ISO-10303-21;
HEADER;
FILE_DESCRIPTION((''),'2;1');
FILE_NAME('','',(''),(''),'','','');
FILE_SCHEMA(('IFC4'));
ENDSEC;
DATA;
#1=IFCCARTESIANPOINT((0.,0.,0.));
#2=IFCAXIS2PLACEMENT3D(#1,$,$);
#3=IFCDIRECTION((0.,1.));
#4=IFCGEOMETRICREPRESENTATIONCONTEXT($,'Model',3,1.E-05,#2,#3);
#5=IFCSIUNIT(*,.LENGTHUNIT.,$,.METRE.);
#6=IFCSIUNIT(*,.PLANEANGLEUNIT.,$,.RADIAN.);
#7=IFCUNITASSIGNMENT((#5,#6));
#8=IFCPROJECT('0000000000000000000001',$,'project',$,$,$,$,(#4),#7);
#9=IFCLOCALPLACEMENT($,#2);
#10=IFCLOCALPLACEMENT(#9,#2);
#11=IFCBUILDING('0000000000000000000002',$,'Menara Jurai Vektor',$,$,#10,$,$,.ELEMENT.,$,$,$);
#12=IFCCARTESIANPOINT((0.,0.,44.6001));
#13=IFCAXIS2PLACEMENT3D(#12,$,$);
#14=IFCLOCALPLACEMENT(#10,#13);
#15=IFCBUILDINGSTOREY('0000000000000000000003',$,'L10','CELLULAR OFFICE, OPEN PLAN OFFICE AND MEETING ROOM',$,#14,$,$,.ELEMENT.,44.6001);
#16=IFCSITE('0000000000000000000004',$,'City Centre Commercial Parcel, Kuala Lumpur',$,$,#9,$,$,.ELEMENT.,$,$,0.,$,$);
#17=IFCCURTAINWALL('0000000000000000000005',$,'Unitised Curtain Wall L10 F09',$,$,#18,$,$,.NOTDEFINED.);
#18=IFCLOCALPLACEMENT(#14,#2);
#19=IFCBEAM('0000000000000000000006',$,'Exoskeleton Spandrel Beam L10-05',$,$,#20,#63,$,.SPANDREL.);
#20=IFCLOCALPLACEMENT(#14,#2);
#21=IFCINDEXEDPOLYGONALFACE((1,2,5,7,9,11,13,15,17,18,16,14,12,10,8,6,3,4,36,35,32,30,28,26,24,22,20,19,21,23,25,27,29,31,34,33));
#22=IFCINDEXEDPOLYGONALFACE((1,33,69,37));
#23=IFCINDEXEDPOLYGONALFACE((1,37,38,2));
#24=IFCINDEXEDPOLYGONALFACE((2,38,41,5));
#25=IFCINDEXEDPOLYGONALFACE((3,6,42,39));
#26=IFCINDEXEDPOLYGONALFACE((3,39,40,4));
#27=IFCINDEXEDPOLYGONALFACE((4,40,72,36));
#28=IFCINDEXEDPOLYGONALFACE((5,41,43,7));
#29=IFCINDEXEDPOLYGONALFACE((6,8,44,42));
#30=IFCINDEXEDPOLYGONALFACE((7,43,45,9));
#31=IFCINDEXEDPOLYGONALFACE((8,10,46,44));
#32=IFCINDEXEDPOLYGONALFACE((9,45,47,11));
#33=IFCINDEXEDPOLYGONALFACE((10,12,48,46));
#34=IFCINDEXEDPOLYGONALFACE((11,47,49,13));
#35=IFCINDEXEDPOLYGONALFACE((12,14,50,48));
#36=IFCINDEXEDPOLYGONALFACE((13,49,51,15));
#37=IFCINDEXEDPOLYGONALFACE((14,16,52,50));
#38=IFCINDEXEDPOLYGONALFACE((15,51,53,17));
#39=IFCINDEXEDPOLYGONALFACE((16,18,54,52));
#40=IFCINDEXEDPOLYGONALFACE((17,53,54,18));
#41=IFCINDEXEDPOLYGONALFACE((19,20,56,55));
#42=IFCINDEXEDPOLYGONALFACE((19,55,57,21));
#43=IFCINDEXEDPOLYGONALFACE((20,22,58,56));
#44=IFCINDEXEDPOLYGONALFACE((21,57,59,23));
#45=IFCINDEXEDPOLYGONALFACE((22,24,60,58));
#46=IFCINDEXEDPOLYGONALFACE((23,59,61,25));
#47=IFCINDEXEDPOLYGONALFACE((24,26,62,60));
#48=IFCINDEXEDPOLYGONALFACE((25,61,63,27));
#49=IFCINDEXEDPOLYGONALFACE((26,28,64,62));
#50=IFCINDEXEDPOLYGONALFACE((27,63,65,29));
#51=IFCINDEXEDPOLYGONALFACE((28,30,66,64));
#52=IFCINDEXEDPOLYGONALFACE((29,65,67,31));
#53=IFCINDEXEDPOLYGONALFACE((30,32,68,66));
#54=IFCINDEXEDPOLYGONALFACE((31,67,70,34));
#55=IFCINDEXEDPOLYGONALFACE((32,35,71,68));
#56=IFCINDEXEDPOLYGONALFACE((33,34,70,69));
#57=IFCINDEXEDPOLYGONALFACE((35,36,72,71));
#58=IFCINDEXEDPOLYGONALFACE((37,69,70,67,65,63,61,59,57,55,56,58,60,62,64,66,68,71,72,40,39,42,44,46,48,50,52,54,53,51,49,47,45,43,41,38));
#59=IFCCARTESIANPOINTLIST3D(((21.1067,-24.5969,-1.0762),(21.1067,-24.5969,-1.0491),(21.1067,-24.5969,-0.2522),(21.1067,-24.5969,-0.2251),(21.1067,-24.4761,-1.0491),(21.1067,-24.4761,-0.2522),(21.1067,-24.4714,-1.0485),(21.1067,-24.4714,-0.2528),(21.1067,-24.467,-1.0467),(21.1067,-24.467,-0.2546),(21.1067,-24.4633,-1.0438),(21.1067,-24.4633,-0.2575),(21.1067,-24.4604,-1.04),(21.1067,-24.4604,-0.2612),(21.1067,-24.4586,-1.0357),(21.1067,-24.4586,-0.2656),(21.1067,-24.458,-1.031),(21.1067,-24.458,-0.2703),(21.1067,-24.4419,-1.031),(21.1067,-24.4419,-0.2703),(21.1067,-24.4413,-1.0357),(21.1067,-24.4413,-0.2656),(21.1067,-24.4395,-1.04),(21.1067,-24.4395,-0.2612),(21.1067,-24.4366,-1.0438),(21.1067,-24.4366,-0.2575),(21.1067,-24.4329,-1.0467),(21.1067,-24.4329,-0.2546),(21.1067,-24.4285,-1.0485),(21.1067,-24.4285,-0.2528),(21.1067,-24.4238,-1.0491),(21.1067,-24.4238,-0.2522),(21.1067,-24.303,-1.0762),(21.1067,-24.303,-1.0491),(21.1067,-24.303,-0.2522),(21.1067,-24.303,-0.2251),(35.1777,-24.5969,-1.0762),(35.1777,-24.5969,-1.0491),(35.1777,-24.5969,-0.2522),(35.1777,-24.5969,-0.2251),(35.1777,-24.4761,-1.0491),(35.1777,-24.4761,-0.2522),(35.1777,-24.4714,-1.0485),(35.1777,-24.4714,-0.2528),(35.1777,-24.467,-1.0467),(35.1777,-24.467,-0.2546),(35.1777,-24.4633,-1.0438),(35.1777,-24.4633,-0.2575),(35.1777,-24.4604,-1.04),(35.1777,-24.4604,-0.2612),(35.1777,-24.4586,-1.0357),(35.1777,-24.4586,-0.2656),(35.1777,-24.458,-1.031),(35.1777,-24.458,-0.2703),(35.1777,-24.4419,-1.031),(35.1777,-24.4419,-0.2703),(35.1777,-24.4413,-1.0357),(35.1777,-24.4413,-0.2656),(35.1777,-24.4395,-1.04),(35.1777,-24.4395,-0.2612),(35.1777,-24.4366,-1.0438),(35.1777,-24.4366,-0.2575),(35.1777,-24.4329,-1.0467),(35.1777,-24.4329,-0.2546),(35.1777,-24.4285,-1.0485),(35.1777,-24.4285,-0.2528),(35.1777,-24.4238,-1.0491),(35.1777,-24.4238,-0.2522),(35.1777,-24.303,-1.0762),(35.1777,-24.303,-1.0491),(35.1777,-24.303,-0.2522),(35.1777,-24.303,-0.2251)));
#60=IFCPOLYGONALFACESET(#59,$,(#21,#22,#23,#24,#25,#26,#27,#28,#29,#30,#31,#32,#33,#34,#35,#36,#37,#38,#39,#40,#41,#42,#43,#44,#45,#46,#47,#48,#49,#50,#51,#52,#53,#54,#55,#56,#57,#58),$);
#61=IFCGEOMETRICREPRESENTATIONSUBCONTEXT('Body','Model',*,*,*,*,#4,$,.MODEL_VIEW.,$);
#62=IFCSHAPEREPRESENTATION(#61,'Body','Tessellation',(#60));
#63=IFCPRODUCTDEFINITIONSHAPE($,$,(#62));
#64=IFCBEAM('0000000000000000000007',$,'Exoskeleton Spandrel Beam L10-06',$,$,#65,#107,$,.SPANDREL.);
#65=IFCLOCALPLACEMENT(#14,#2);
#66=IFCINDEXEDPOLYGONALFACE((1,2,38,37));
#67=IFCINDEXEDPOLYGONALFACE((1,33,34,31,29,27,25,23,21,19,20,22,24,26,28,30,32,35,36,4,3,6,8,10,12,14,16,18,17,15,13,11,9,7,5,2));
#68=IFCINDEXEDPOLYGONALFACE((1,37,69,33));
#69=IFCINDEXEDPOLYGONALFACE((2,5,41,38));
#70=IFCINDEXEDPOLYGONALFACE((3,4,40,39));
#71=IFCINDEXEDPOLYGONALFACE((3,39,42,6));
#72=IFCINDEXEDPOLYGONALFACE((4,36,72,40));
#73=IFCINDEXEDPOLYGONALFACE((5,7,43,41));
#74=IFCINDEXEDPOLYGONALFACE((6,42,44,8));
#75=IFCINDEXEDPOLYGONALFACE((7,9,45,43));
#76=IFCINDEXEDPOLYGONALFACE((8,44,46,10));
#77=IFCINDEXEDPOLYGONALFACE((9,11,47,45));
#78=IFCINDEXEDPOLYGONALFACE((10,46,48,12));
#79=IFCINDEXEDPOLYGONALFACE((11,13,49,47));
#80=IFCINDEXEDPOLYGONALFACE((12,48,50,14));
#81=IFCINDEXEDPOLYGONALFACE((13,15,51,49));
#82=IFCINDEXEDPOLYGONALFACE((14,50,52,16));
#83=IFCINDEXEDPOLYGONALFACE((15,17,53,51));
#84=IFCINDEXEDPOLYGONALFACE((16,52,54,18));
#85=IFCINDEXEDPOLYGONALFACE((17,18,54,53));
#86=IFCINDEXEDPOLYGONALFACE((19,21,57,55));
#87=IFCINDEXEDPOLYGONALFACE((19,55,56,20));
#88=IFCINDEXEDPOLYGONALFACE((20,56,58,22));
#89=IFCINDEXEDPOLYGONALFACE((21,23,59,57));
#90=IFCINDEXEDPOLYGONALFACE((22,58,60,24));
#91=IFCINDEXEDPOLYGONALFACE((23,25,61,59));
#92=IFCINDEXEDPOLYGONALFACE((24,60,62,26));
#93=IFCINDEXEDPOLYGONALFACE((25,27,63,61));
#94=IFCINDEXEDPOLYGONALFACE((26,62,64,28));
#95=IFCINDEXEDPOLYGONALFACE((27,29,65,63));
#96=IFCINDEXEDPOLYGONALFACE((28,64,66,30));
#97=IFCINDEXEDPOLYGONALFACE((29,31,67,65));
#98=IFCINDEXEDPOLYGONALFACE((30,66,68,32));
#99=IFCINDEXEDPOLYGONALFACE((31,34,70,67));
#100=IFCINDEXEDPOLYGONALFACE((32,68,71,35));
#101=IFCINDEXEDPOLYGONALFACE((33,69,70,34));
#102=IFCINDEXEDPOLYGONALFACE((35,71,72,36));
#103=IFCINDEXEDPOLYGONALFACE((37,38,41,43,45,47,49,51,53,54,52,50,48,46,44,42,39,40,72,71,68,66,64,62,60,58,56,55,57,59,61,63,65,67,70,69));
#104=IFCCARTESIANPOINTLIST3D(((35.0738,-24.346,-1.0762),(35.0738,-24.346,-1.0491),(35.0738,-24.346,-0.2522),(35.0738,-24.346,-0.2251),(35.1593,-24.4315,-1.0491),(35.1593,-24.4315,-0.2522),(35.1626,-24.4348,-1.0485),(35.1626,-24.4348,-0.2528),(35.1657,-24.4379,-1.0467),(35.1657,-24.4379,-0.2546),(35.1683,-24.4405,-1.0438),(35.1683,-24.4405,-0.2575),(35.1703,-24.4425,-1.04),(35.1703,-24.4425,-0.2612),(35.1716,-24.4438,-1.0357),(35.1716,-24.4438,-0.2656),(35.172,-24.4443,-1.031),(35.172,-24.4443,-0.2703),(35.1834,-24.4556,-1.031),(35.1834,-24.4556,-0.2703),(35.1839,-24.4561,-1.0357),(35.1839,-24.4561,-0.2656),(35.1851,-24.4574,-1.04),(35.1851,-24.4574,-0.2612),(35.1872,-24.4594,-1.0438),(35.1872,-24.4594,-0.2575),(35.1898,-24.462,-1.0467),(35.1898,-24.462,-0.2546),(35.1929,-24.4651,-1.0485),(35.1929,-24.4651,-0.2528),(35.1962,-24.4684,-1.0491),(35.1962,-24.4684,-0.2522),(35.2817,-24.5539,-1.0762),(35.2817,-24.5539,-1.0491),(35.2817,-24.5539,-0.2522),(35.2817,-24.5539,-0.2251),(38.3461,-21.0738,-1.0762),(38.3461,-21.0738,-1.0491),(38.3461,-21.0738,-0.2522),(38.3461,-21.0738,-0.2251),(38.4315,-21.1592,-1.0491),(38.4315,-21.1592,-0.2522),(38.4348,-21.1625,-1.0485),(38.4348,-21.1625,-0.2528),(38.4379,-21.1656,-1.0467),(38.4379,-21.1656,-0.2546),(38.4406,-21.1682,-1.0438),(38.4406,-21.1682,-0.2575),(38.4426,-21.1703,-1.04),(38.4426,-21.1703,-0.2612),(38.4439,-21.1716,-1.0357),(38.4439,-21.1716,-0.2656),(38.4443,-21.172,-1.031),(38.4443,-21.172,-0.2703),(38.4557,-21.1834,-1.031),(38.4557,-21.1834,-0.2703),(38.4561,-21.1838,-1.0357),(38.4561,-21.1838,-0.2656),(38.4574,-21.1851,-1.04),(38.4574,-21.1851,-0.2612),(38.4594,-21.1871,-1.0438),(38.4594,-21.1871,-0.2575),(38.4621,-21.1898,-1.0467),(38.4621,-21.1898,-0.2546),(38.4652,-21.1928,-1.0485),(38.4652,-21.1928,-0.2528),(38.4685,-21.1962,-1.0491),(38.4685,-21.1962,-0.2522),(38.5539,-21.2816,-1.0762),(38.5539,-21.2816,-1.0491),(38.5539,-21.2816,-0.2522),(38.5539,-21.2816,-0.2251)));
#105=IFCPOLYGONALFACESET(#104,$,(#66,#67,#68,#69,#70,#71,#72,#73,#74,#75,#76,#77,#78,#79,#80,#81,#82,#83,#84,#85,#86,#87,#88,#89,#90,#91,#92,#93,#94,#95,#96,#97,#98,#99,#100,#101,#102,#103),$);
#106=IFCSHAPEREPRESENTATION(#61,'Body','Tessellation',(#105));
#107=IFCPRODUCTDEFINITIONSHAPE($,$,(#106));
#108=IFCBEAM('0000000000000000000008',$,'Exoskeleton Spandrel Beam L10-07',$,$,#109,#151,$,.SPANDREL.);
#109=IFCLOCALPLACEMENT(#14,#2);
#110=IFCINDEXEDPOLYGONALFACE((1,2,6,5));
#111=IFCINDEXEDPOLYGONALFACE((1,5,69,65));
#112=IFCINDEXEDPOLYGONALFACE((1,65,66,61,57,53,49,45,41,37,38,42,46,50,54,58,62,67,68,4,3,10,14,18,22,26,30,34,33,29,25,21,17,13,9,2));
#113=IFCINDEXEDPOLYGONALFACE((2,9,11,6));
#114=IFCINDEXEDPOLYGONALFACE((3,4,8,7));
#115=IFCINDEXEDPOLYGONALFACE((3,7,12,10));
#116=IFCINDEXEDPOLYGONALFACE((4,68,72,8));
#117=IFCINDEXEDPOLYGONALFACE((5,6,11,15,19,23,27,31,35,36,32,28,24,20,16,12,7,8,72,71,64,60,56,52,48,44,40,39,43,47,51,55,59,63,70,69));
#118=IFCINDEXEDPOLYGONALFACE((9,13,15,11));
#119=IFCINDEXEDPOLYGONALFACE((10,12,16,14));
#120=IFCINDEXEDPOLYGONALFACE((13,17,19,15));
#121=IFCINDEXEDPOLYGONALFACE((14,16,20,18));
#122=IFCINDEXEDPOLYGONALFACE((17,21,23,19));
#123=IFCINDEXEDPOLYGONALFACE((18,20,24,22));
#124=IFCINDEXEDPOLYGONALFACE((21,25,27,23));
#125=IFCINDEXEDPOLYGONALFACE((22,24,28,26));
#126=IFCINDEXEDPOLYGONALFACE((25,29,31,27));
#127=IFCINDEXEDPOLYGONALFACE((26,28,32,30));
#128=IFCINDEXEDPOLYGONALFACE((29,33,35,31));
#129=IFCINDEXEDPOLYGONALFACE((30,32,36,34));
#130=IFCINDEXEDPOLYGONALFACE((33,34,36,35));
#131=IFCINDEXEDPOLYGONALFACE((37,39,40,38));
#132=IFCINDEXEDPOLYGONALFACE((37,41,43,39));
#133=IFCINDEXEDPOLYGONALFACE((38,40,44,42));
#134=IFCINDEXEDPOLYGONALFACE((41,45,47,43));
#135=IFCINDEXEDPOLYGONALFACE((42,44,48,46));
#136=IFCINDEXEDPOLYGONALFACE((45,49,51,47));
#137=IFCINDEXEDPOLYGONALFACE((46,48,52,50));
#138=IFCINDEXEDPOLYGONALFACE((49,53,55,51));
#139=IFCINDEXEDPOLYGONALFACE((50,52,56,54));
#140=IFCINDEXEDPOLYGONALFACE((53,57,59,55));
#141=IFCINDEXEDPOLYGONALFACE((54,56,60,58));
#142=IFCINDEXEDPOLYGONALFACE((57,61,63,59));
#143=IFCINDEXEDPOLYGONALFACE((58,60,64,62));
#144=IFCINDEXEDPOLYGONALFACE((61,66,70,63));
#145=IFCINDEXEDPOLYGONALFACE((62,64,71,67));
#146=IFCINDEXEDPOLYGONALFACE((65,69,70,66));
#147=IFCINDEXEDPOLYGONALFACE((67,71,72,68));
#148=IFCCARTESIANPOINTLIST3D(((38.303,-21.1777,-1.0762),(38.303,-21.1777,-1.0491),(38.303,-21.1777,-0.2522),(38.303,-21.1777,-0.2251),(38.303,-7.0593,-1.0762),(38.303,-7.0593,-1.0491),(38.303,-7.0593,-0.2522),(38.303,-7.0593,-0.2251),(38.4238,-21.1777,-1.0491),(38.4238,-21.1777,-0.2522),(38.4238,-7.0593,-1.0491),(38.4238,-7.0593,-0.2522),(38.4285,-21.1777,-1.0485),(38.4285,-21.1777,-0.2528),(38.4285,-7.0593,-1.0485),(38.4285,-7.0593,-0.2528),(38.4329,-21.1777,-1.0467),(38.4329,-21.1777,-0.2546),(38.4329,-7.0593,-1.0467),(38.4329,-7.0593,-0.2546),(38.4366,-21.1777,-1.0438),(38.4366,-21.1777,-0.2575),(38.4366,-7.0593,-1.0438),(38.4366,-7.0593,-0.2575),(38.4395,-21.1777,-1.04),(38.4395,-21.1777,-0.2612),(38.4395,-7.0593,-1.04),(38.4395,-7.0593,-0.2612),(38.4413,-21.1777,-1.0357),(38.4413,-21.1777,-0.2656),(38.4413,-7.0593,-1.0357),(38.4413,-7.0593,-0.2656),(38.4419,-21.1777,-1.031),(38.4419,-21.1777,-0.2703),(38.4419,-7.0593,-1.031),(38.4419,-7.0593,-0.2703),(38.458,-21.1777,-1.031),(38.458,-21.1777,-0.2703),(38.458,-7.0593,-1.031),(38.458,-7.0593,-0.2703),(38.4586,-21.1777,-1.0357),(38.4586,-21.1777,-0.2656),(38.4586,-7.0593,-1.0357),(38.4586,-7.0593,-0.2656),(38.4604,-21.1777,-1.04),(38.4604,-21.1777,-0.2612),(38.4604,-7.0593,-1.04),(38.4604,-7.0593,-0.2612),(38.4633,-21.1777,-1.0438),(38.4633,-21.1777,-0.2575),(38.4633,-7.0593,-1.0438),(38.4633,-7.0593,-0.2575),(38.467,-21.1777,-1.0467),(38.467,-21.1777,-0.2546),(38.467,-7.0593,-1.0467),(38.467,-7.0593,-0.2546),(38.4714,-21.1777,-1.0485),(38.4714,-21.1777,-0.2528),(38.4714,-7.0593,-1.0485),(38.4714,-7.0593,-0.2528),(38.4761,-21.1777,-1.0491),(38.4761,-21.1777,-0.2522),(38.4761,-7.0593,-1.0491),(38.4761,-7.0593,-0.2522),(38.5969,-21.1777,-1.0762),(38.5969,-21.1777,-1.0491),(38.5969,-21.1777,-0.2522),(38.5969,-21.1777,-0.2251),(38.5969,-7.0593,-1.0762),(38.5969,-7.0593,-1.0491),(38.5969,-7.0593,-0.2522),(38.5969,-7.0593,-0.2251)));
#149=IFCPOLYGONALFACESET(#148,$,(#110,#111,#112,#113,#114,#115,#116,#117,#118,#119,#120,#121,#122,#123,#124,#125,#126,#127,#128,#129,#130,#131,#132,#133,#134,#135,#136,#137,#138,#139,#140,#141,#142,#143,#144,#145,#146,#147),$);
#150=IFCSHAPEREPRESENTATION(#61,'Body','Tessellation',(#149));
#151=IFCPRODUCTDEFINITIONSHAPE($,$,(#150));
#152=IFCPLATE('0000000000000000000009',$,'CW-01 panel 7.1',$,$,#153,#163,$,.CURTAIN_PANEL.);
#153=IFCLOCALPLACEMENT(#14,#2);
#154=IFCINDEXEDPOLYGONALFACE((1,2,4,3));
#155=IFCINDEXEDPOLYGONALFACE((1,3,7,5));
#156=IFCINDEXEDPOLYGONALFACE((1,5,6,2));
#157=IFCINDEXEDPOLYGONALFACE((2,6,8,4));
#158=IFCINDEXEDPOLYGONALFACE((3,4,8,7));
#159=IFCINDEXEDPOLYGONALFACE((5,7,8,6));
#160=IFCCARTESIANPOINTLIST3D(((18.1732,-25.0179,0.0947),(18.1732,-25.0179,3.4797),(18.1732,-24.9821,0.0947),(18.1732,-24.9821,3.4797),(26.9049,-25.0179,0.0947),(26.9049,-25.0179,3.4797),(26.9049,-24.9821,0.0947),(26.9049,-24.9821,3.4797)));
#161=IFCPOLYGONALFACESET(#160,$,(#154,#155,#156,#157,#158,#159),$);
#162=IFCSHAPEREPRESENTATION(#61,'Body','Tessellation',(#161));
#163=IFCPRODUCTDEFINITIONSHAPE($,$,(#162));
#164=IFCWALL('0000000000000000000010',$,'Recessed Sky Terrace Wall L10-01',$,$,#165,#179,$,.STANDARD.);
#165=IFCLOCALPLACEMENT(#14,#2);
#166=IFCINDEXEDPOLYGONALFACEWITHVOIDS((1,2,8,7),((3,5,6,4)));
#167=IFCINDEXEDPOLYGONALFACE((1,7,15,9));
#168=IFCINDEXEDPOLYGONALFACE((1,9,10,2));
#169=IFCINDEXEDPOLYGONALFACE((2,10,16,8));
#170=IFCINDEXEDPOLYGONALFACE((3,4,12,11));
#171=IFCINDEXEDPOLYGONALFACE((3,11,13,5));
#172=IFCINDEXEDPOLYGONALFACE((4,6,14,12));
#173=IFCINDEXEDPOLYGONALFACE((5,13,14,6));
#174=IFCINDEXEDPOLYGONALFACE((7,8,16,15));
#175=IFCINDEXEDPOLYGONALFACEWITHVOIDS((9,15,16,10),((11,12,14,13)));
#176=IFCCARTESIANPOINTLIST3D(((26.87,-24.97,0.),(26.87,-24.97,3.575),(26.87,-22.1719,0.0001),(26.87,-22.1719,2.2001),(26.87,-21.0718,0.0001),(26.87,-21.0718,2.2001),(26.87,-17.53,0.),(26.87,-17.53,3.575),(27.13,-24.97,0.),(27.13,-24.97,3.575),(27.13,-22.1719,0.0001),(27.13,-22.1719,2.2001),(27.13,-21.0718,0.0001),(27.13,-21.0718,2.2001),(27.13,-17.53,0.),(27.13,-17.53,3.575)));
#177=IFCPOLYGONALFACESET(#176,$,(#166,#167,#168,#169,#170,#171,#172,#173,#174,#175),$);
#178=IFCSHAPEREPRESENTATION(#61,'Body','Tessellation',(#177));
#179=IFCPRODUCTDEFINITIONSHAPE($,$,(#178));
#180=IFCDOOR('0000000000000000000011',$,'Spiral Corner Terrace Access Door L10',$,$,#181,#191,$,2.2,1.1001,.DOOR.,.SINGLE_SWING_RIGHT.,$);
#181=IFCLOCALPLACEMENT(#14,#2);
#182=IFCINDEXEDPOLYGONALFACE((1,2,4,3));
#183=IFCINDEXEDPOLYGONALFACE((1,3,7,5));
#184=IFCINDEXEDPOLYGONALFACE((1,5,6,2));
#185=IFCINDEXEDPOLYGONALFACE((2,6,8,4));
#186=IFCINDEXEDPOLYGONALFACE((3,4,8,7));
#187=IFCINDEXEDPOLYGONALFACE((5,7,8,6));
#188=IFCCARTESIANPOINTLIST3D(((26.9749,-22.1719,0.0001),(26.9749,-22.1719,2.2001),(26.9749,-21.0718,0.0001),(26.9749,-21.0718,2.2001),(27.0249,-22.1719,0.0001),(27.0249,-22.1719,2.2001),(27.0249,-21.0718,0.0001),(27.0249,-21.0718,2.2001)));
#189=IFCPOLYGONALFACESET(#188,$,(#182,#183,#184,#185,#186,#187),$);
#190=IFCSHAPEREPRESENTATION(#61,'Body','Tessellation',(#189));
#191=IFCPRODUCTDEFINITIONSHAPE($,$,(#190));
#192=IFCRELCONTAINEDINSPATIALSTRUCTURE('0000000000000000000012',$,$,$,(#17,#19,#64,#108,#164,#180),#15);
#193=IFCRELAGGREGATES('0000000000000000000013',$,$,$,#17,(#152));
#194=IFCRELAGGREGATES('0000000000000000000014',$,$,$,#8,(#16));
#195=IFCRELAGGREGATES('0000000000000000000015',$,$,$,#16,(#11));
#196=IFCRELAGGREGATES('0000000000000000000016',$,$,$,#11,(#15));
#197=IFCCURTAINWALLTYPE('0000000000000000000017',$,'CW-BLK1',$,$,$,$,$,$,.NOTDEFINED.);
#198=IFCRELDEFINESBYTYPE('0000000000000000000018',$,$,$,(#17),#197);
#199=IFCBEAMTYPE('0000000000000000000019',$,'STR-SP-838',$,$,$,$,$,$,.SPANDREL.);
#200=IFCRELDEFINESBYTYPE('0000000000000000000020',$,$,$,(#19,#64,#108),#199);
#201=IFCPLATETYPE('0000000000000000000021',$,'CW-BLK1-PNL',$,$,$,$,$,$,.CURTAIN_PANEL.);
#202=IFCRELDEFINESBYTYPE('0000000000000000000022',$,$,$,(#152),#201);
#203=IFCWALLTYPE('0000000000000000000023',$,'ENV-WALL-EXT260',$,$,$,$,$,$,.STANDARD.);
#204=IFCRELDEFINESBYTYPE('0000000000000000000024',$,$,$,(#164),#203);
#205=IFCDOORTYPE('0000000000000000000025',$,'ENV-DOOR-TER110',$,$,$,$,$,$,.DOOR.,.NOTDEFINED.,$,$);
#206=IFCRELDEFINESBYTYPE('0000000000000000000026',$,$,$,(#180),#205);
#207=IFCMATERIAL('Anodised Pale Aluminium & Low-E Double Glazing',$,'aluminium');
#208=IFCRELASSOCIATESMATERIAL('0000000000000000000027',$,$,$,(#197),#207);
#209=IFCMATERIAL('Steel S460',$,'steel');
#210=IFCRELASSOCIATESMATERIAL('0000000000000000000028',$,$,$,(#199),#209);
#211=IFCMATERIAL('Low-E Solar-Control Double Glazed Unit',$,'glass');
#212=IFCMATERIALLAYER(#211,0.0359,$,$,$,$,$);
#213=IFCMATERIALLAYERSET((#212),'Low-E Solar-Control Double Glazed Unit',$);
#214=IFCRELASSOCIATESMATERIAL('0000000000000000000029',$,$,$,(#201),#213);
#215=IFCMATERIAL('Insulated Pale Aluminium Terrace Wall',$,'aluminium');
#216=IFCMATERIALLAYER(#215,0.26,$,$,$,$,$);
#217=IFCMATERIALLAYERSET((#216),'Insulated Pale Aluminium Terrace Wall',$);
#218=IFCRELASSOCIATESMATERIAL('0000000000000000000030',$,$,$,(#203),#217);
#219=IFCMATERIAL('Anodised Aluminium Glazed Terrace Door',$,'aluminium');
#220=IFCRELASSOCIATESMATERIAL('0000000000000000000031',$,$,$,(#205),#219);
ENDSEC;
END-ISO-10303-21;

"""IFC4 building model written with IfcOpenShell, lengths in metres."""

from ifc_helpers import new_model, si_unit, direction, frame, frame_2d, origin, origin_2d, place, context, subcontext, project, spatial, rectangle, i_section, extrude, material, layer, layer_set, material_profile, profile_set, type_object, element, fill, aggregate, save


model = new_model("IFC4")

# Units and contexts
model_context = context("Model", 3, precision=1e-05, world=origin(), true_north=direction((0.0, 1.0)))
body_context = subcontext(model_context, "Body", "Model", "MODEL_VIEW")
ifc_project = project(units=[si_unit("LENGTHUNIT", "METRE"), si_unit("PLANEANGLEUNIT", "RADIAN")], contexts=[model_context])

# Site, building, storey
site_placement = place(None, origin())
site = spatial("IfcSite", under=ifc_project, at=site_placement, Name="City Centre Commercial Parcel, Kuala Lumpur", CompositionType="ELEMENT", RefElevation=0.0)
building_placement = place(site_placement, origin())
building = spatial("IfcBuilding", under=site, at=building_placement, Name="Menara Jurai Vektor", CompositionType="ELEMENT")
storey_placement = place(building_placement, frame((0.0, 0.0, 44.6001)))
storey = spatial("IfcBuildingStorey", under=building, at=storey_placement, Name="L10", Description="CELLULAR OFFICE, OPEN PLAN OFFICE AND MEETING ROOM", CompositionType="ELEMENT", Elevation=44.6001)

# Shared definitions
ifc_material_1 = material(Name="Steel S460", Category="steel")

# Curtain wall
ifc_material_2 = material(Name="Anodised Pale Aluminium & Low-E Double Glazing", Category="aluminium")
curtain_wall_type = type_object("IfcCurtainWallType", Name="CW-BLK1", PredefinedType="NOTDEFINED", material=ifc_material_2)
curtain_wall_placement = place(storey_placement, origin())
curtain_wall = element("IfcCurtainWall", 1, at=curtain_wall_placement, inside=storey, type_object=curtain_wall_type, Name="Unitised Curtain Wall L10 F09", PredefinedType="NOTDEFINED")

# Beams
ifc_material_profile_1 = material_profile(ifc_material_1, i_section(OverallWidth=0.2939, OverallDepth=0.8511, WebThickness=0.0161, FlangeThickness=0.0271, FilletRadius=0.0181, at=origin_2d()), Name="UKB 838x292x226")
ifc_profile_set_1 = profile_set([ifc_material_profile_1], Name="Steel S460")
beam_type_1 = type_object("IfcBeamType", Name="STR-SP-838", PredefinedType="SPANDREL", material=ifc_profile_set_1)
beam_1_placement = place(storey_placement, frame((21.1067, -24.45, -0.6506), z_axis=(1.0, 0.0, 0.0), x_axis=(0.0, 1.0, 0.0)))
element("IfcBeam", 2, at=beam_1_placement, inside=storey, type_object=beam_type_1, Name="Exoskeleton Spandrel Beam L10-05", PredefinedType="SPANDREL", context=body_context, shape_type="SweptSolid", body=[
    extrude(i_section(OverallWidth=0.2939, OverallDepth=0.8511, WebThickness=0.0161, FlangeThickness=0.0271, FilletRadius=0.0181, at=origin_2d()), origin(), (0.0, 0.0, 1.0), 14.071),
])
beam_2_placement = place(storey_placement, frame((35.1777, -24.45, -0.6506), z_axis=(0.707107, 0.707107, 0.0), x_axis=(-0.707107, 0.707107, 0.0)))
element("IfcBeam", 3, at=beam_2_placement, inside=storey, type_object=beam_type_1, Name="Exoskeleton Spandrel Beam L10-06", PredefinedType="SPANDREL", context=body_context, shape_type="SweptSolid", body=[
    extrude(i_section(OverallWidth=0.2939, OverallDepth=0.8511, WebThickness=0.0161, FlangeThickness=0.0271, FilletRadius=0.0181, at=origin_2d()), origin(), (0.0, 0.0, 1.0), 4.6277),
])
beam_3_placement = place(storey_placement, frame((38.45, -21.1777, -0.6506), z_axis=(0.0, 1.0, 0.0), x_axis=(-1.0, 0.0, 0.0)))
element("IfcBeam", 4, at=beam_3_placement, inside=storey, type_object=beam_type_1, Name="Exoskeleton Spandrel Beam L10-07", PredefinedType="SPANDREL", context=body_context, shape_type="SweptSolid", body=[
    extrude(i_section(OverallWidth=0.2939, OverallDepth=0.8511, WebThickness=0.0161, FlangeThickness=0.0271, FilletRadius=0.0181, at=origin_2d()), origin(), (0.0, 0.0, 1.0), 14.1184),
])

# Plate
ifc_material_3 = material(Name="Low-E Solar-Control Double Glazed Unit", Category="glass")
ifc_layer_1 = layer(ifc_material_3, 0.0359)
ifc_layer_set_1 = layer_set([ifc_layer_1], Name="Low-E Solar-Control Double Glazed Unit")
plate_type = type_object("IfcPlateType", Name="CW-BLK1-PNL", PredefinedType="CURTAIN_PANEL", material=ifc_layer_set_1)
plate_placement = place(storey_placement, frame((22.5391, -25.0, 0.0947), z_axis=(0.0, 0.0, 1.0), x_axis=(1.0, 0.0, 0.0)))
plate = element("IfcPlate", 5, at=plate_placement, type_object=plate_type, Name="CW-01 panel 7.1", PredefinedType="CURTAIN_PANEL", context=body_context, shape_type="SweptSolid", body=[
    extrude(rectangle(XDim=8.7317, YDim=0.0359, at=origin_2d()), origin(), (0.0, 0.0, 1.0), 3.385),
])
aggregate(curtain_wall, [plate])

# Wall, opening, door
ifc_material_4 = material(Name="Insulated Pale Aluminium Terrace Wall", Category="aluminium")
ifc_layer_2 = layer(ifc_material_4, 0.26)
ifc_layer_set_2 = layer_set([ifc_layer_2], Name="Insulated Pale Aluminium Terrace Wall")
wall_type_1 = type_object("IfcWallType", Name="ENV-WALL-EXT260", PredefinedType="STANDARD", material=ifc_layer_set_2)
wall_1_placement = place(storey_placement, frame((27.0, -24.97, 0.0), z_axis=(0.0, 0.0, 1.0), x_axis=(0.0, 1.0, 0.0)))
wall_1 = element("IfcWall", 6, at=wall_1_placement, inside=storey, type_object=wall_type_1, Name="Recessed Sky Terrace Wall L10-01", PredefinedType="STANDARD", context=body_context, shape_type="SweptSolid", body=[
    extrude(rectangle(XDim=7.4399, YDim=0.26, at=frame_2d((3.72, 0.0))), origin(), (0.0, 0.0, 1.0), 3.575),
])
opening_1_placement = place(wall_1_placement, frame((2.7981, 0.0, 0.0)))
opening_1 = element("IfcOpeningElement", 7, at=opening_1_placement, cuts=wall_1, PredefinedType="OPENING", context=body_context, shape_type="SweptSolid", body=[
    extrude(rectangle(XDim=1.1001, YDim=2.2, at=frame_2d((0.55, 1.1001))), frame((0.0, 0.1401, 0.0), z_axis=(0.0, -1.0, 0.0), x_axis=(1.0, 0.0, 0.0)), (0.0, 0.0, 1.0), 0.28),
])
ifc_material_5 = material(Name="Anodised Aluminium Glazed Terrace Door", Category="aluminium")
door_type = type_object("IfcDoorType", Name="ENV-DOOR-TER110", OperationType="NOTDEFINED", PredefinedType="DOOR", material=ifc_material_5)
door_placement = place(opening_1_placement, frame((1.1001, 0.0, 0.0), z_axis=(0.0, 0.0, 1.0), x_axis=(-1.0, 0.0, 0.0)))
door = element("IfcDoor", 8, at=door_placement, inside=storey, type_object=door_type, Name="Spiral Corner Terrace Access Door L10", OperationType="SINGLE_SWING_RIGHT", OverallHeight=2.2, OverallWidth=1.1001, PredefinedType="DOOR", context=body_context, shape_type="SweptSolid", body=[
    extrude(rectangle(XDim=1.1001, YDim=2.2, at=frame_2d((0.55, 1.1001))), frame((0.0, 0.0249, 0.0), z_axis=(0.0, -1.0, 0.0), x_axis=(1.0, 0.0, 0.0)), (0.0, 0.0, 1.0), 0.05),
])
fill(opening_1, door)

save(model, "model.ifc")
